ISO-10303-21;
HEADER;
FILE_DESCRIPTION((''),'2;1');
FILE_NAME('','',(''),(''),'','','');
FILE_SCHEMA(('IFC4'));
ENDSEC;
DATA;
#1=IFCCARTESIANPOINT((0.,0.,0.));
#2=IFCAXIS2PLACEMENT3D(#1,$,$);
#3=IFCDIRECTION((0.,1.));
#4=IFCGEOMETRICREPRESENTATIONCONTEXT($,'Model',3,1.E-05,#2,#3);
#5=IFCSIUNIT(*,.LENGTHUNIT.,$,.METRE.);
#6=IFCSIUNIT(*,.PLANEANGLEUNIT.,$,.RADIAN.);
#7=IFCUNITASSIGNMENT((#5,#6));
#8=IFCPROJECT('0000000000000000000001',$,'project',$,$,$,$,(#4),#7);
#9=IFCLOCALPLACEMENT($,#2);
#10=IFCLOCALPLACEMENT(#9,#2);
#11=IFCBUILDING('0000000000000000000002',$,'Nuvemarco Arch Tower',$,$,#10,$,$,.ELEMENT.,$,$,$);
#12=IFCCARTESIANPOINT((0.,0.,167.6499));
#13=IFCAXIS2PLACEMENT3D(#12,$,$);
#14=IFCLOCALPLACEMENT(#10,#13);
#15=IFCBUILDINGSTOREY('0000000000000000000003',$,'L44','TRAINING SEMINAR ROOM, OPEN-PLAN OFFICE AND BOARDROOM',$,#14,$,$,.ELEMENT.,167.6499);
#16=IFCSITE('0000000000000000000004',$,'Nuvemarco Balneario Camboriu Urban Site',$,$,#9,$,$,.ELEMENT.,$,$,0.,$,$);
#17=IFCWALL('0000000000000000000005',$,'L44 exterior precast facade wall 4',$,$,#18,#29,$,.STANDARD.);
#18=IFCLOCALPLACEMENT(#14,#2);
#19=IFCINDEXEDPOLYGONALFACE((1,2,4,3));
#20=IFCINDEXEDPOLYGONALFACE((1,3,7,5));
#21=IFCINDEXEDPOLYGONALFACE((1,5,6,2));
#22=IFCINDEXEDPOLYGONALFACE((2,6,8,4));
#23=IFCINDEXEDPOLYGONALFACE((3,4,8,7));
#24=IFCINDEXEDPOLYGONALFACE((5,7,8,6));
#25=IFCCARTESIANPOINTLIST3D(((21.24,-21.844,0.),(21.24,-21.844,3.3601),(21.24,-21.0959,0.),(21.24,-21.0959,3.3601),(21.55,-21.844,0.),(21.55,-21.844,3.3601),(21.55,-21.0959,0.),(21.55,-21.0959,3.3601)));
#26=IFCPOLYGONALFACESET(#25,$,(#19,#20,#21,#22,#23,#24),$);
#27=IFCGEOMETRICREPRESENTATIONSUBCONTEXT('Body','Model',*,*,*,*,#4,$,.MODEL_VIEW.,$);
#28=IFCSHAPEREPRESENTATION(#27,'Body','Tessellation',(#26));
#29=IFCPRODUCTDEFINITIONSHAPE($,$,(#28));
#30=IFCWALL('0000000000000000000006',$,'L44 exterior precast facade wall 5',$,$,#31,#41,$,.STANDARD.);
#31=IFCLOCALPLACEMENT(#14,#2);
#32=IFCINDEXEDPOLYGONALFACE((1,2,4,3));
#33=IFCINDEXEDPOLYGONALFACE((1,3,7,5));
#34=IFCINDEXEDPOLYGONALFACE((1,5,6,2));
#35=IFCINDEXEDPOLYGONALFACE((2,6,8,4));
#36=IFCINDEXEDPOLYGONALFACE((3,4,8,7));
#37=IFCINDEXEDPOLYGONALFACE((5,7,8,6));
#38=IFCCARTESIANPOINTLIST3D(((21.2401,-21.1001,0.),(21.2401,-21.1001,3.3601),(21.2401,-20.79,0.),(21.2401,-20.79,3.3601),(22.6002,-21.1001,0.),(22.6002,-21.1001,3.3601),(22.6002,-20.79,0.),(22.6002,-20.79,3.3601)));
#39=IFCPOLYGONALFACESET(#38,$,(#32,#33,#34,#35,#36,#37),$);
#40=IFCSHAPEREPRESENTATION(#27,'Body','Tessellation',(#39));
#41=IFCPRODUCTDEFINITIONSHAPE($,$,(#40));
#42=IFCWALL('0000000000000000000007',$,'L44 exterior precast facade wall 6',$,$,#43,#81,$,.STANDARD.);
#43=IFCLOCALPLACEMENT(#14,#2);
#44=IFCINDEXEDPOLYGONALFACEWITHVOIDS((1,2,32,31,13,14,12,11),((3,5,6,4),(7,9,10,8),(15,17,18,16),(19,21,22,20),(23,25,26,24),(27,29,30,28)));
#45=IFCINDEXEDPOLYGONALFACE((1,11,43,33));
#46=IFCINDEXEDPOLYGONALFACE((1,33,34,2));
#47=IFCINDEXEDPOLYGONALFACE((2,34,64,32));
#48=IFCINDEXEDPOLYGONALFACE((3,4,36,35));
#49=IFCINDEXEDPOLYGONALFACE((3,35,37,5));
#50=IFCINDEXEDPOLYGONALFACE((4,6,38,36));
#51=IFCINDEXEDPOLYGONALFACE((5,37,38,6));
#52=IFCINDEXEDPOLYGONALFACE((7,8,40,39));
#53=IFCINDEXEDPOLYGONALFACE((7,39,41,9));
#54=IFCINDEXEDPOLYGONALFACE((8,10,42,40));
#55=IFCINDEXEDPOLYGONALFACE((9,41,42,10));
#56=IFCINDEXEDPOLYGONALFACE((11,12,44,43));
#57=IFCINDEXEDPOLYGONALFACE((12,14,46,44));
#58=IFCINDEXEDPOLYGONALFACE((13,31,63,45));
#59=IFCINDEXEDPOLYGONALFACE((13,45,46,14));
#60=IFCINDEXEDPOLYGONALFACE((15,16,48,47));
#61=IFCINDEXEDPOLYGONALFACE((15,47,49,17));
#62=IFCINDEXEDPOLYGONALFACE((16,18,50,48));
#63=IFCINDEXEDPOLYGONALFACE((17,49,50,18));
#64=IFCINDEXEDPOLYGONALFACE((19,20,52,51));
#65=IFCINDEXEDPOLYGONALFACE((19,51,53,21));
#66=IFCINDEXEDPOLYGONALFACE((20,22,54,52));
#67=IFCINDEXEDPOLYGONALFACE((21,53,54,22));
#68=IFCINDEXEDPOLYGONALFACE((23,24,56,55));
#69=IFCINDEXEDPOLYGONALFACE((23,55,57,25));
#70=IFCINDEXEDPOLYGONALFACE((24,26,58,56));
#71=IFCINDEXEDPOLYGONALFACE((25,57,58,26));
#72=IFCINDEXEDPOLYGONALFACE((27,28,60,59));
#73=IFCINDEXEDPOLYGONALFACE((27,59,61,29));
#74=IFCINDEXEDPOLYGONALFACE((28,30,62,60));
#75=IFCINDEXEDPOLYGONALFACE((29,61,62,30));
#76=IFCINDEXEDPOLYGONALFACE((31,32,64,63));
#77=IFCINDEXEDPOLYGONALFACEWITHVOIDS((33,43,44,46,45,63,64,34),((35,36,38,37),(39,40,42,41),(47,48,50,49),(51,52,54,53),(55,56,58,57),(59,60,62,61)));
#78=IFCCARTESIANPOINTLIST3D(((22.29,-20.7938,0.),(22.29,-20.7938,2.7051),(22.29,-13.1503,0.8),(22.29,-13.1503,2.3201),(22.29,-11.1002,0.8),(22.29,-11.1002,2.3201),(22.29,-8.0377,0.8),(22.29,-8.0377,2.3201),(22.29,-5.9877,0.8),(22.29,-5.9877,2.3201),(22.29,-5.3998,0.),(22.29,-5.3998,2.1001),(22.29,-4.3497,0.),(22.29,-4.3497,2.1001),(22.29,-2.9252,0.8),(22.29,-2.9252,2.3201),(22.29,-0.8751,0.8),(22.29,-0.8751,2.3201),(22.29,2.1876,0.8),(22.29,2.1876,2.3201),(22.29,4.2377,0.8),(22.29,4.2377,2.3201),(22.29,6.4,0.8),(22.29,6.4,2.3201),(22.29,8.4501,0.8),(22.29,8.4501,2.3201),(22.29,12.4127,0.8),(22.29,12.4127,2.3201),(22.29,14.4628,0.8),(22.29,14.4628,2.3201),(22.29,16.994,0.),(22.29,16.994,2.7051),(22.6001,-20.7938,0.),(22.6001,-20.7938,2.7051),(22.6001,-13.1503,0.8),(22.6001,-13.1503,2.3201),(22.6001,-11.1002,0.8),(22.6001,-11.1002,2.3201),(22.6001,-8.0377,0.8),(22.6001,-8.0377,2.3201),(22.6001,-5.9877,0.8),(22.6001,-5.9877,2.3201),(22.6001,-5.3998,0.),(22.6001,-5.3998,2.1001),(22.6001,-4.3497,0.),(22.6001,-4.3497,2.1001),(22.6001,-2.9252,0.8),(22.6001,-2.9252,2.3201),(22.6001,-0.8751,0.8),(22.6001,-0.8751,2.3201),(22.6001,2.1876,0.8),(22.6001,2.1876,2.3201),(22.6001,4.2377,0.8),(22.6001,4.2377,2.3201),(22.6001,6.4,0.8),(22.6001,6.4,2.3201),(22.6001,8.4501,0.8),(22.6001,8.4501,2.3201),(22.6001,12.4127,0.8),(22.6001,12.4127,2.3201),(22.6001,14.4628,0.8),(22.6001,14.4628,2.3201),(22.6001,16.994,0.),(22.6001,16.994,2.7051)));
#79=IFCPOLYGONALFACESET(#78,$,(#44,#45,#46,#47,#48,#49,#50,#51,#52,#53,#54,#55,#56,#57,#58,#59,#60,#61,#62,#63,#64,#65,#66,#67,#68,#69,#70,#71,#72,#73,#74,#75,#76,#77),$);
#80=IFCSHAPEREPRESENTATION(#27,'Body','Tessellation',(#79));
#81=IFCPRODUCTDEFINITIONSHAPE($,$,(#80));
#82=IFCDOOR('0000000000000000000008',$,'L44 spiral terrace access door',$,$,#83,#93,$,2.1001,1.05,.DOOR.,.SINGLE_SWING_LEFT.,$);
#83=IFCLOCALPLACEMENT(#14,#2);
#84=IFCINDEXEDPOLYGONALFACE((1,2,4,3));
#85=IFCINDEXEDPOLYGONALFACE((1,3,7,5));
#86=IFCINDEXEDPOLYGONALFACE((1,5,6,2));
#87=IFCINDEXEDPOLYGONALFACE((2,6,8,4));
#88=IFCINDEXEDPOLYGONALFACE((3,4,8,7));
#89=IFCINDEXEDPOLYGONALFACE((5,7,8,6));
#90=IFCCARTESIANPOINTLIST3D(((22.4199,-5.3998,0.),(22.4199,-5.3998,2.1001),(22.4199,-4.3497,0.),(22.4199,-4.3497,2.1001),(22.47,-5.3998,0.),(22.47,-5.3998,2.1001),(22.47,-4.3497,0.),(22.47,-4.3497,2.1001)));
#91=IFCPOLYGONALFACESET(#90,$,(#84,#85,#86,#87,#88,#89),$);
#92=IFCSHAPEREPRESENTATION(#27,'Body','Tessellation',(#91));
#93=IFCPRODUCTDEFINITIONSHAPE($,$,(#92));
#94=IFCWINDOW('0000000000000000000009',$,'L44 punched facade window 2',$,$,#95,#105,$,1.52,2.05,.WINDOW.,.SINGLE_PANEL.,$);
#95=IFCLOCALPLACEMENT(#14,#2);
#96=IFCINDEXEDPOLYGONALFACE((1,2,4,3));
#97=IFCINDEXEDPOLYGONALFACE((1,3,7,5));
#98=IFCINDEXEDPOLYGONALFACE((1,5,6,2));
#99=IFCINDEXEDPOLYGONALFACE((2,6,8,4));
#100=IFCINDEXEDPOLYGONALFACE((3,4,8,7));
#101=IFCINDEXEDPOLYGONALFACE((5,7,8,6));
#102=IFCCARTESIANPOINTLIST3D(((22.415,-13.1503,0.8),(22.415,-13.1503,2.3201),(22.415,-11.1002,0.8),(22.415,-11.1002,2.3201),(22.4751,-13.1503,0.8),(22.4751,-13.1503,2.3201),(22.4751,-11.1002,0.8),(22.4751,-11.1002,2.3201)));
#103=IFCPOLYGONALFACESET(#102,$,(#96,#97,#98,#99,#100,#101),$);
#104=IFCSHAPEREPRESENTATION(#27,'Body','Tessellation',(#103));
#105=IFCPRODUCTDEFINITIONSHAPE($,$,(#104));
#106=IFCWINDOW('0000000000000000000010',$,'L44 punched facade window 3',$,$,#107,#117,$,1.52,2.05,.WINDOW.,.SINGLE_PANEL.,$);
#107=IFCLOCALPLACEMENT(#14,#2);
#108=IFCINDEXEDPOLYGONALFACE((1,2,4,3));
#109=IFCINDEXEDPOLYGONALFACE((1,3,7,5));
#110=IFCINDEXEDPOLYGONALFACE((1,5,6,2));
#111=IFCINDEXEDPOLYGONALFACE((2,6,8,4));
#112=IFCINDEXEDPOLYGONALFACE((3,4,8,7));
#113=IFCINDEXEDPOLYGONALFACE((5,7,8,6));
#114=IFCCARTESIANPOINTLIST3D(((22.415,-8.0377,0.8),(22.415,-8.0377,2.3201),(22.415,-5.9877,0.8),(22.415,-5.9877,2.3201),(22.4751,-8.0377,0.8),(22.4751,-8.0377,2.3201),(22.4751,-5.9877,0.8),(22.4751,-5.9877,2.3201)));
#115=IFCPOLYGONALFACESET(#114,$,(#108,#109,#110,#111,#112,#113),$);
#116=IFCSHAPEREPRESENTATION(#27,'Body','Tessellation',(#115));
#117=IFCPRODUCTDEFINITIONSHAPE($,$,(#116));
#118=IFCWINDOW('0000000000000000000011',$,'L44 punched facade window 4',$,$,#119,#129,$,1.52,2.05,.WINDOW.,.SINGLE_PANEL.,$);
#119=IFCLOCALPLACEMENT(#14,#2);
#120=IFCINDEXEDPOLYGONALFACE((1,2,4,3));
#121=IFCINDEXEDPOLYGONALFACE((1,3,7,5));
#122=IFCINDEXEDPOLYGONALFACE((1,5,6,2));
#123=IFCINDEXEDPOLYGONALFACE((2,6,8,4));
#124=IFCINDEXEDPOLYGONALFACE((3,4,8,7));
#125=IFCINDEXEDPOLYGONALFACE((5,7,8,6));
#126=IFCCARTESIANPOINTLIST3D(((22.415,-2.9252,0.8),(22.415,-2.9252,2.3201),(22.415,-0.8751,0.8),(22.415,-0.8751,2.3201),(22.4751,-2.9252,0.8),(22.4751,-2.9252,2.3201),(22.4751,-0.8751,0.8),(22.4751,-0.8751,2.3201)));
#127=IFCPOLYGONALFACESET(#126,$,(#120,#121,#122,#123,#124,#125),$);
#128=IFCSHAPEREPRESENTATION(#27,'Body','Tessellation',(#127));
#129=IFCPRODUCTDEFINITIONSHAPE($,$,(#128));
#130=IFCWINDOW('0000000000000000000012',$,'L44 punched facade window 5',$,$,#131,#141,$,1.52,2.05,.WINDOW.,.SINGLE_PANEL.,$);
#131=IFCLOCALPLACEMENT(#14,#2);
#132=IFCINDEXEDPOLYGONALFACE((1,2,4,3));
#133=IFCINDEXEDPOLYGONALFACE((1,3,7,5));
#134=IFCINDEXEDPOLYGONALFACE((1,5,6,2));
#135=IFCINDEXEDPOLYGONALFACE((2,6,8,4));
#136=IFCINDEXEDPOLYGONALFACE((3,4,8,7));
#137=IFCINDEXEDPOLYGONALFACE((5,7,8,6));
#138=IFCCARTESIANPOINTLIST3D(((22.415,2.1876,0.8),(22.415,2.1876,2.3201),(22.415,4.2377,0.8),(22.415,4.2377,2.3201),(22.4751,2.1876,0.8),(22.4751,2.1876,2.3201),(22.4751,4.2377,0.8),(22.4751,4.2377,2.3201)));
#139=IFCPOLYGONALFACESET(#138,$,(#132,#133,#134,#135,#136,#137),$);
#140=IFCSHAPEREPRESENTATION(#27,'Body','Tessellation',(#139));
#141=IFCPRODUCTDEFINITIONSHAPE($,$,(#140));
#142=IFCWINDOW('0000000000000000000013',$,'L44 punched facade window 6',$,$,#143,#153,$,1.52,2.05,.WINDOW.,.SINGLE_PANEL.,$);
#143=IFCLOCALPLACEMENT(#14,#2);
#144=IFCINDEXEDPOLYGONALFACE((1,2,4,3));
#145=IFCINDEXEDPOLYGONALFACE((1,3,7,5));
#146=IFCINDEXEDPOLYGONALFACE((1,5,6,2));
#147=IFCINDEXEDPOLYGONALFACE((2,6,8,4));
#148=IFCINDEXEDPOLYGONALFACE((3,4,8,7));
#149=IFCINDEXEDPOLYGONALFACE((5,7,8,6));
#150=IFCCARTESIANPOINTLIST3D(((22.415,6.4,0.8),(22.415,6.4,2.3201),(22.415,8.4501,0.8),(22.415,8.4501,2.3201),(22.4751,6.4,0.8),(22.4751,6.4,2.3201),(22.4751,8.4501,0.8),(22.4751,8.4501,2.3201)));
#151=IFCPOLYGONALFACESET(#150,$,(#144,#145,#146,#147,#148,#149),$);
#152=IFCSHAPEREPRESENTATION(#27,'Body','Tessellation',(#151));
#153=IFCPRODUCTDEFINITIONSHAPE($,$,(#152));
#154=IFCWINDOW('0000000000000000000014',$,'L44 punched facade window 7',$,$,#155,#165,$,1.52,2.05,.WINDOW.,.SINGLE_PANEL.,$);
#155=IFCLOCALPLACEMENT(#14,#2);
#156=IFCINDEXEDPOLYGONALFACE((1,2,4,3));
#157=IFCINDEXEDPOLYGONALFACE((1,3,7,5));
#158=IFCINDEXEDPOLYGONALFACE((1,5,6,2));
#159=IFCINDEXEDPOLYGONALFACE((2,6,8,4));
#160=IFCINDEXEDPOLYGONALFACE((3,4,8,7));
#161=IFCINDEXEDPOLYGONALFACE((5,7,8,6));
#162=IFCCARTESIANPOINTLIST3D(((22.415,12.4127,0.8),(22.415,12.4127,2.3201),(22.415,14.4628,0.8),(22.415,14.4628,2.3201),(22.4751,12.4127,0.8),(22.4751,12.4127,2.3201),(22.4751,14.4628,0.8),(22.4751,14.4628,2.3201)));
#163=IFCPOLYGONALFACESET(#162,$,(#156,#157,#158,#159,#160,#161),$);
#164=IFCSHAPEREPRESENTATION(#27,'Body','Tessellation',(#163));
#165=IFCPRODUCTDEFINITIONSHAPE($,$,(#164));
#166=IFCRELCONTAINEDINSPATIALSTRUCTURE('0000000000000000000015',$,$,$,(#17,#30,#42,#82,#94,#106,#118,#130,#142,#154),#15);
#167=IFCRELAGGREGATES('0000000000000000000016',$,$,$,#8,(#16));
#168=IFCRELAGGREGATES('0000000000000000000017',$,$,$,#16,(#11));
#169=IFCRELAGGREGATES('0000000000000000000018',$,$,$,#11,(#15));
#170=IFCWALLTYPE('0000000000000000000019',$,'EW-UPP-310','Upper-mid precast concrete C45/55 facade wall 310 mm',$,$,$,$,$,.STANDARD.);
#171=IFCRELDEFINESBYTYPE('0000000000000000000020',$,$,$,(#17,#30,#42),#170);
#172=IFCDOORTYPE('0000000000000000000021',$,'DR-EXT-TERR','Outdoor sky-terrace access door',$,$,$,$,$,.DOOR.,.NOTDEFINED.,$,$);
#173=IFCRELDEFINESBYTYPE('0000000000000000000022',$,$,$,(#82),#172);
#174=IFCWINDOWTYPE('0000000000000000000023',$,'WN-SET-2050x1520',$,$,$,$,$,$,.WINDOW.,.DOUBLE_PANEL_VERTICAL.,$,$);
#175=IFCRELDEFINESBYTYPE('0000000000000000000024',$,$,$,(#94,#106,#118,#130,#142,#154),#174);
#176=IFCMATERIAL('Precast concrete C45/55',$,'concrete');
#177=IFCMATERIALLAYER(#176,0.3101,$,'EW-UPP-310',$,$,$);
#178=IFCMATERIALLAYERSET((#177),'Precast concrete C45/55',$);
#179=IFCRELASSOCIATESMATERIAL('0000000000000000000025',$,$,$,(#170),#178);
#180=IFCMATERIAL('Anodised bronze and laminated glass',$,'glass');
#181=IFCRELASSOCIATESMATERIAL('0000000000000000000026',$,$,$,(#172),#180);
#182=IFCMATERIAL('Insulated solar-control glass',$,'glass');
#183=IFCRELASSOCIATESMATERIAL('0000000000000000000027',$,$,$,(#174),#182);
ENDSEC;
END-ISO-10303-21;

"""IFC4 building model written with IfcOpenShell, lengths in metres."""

from ifc_helpers import new_model, si_unit, direction, frame, frame_2d, origin, place, context, subcontext, project, spatial, rectangle, extrude, source, transform, mapped, material, layer, layer_set, type_object, type_shapes, element, fill, save


model = new_model("IFC4")

# Units and contexts
model_context = context("Model", 3, precision=1e-05, world=origin(), true_north=direction((0.0, 1.0)))
body_context = subcontext(model_context, "Body", "Model", "MODEL_VIEW")
ifc_project = project(units=[si_unit("LENGTHUNIT", "METRE"), si_unit("PLANEANGLEUNIT", "RADIAN")], contexts=[model_context])

# Site, building, storey
site_placement = place(None, origin())
site = spatial("IfcSite", under=ifc_project, at=site_placement, Name="Nuvemarco Balneario Camboriu Urban Site", CompositionType="ELEMENT", RefElevation=0.0)
building_placement = place(site_placement, origin())
building = spatial("IfcBuilding", under=site, at=building_placement, Name="Nuvemarco Arch Tower", CompositionType="ELEMENT")
storey_placement = place(building_placement, frame((0.0, 0.0, 167.6499)))
storey = spatial("IfcBuildingStorey", under=building, at=storey_placement, Name="L44", Description="TRAINING SEMINAR ROOM, OPEN-PLAN OFFICE AND BOARDROOM", CompositionType="ELEMENT", Elevation=167.6499)

# Shared definitions
ifc_material_1 = material(Name="Precast concrete C45/55", Category="concrete")

# Walls
ifc_layer_1 = layer(ifc_material_1, 0.3101, Name="EW-UPP-310")
ifc_layer_set_1 = layer_set([ifc_layer_1], Name="Precast concrete C45/55")
wall_type_1 = type_object("IfcWallType", Name="EW-UPP-310", Description="Upper-mid precast concrete C45/55 facade wall 310 mm", PredefinedType="STANDARD", material=ifc_layer_set_1)
wall_1_placement = place(storey_placement, frame((21.395, -21.844, 0.0), z_axis=(0.0, 0.0, 1.0), x_axis=(0.0, 1.0, 0.0)))
element("IfcWall", 1, at=wall_1_placement, inside=storey, type_object=wall_type_1, Name="L44 exterior precast facade wall 4", PredefinedType="STANDARD", context=body_context, shape_type="SweptSolid", body=[
    extrude(rectangle(XDim=0.748, YDim=0.3101, at=frame_2d((0.374, 0.0))), origin(), (0.0, 0.0, 1.0), 3.3601),
])
wall_2_placement = place(storey_placement, frame((21.24, -20.9451, 0.0), z_axis=(0.0, 0.0, 1.0), x_axis=(1.0, 0.0, 0.0)))
element("IfcWall", 2, at=wall_2_placement, inside=storey, type_object=wall_type_1, Name="L44 exterior precast facade wall 5", PredefinedType="STANDARD", context=body_context, shape_type="SweptSolid", body=[
    extrude(rectangle(XDim=1.3601, YDim=0.3101, at=frame_2d((0.6802, 0.0))), origin(), (0.0, 0.0, 1.0), 3.3601),
])

# Wall, openings, door, windows
wall_3_placement = place(storey_placement, frame((22.4451, -20.7939, 0.0), z_axis=(0.0, 0.0, 1.0), x_axis=(0.0, 1.0, 0.0)))
wall_3 = element("IfcWall", 3, at=wall_3_placement, inside=storey, type_object=wall_type_1, Name="L44 exterior precast facade wall 6", PredefinedType="STANDARD", context=body_context, shape_type="SweptSolid", body=[
    extrude(rectangle(XDim=37.7878, YDim=0.3101, at=frame_2d((18.894, 0.0))), origin(), (0.0, 0.0, 1.0), 2.7051),
])
opening_1_placement = place(wall_3_placement, frame((16.4441, 0.0, 0.0), z_axis=(0.0, 0.0, 1.0), x_axis=(-1.0, 0.0, 0.0)))
opening_1 = element("IfcOpeningElement", 4, at=opening_1_placement, cuts=wall_3, PredefinedType="OPENING", context=body_context, shape_type="SweptSolid", body=[
    extrude(rectangle(XDim=1.05, YDim=2.1001, at=frame_2d((0.5249, 1.05))), frame((0.0, 0.165, 0.0), z_axis=(0.0, -1.0, 0.0), x_axis=(1.0, 0.0, 0.0)), (0.0, 0.0, 1.0), 0.3301),
])
opening_2_placement = place(wall_3_placement, frame((7.6438, 0.0, 0.8)))
opening_2 = element("IfcOpeningElement", 5, at=opening_2_placement, cuts=wall_3, PredefinedType="OPENING", context=body_context, shape_type="SweptSolid", body=[
    extrude(rectangle(XDim=2.05, YDim=1.52, at=frame_2d((1.0249, 0.76))), frame((0.0, 0.165, 0.0), z_axis=(0.0, -1.0, 0.0), x_axis=(1.0, 0.0, 0.0)), (0.0, 0.0, 1.0), 0.3301),
])
opening_3_placement = place(wall_3_placement, frame((12.7563, 0.0, 0.8)))
opening_3 = element("IfcOpeningElement", 6, at=opening_3_placement, cuts=wall_3, PredefinedType="OPENING", context=body_context, shape_type="SweptSolid", body=[
    extrude(rectangle(XDim=2.05, YDim=1.52, at=frame_2d((1.0249, 0.76))), frame((0.0, 0.165, 0.0), z_axis=(0.0, -1.0, 0.0), x_axis=(1.0, 0.0, 0.0)), (0.0, 0.0, 1.0), 0.3301),
])
opening_4_placement = place(wall_3_placement, frame((17.8689, 0.0, 0.8)))
opening_4 = element("IfcOpeningElement", 7, at=opening_4_placement, cuts=wall_3, PredefinedType="OPENING", context=body_context, shape_type="SweptSolid", body=[
    extrude(rectangle(XDim=2.05, YDim=1.52, at=frame_2d((1.0249, 0.76))), frame((0.0, 0.165, 0.0), z_axis=(0.0, -1.0, 0.0), x_axis=(1.0, 0.0, 0.0)), (0.0, 0.0, 1.0), 0.3301),
])
opening_5_placement = place(wall_3_placement, frame((22.9817, 0.0, 0.8)))
opening_5 = element("IfcOpeningElement", 8, at=opening_5_placement, cuts=wall_3, PredefinedType="OPENING", context=body_context, shape_type="SweptSolid", body=[
    extrude(rectangle(XDim=2.05, YDim=1.52, at=frame_2d((1.0249, 0.76))), frame((0.0, 0.165, 0.0), z_axis=(0.0, -1.0, 0.0), x_axis=(1.0, 0.0, 0.0)), (0.0, 0.0, 1.0), 0.3301),
])
opening_6_placement = place(wall_3_placement, frame((27.1941, 0.0, 0.8)))
opening_6 = element("IfcOpeningElement", 9, at=opening_6_placement, cuts=wall_3, PredefinedType="OPENING", context=body_context, shape_type="SweptSolid", body=[
    extrude(rectangle(XDim=2.05, YDim=1.52, at=frame_2d((1.0249, 0.76))), frame((0.0, 0.165, 0.0), z_axis=(0.0, -1.0, 0.0), x_axis=(1.0, 0.0, 0.0)), (0.0, 0.0, 1.0), 0.3301),
])
opening_7_placement = place(wall_3_placement, frame((33.2068, 0.0, 0.8)))
opening_7 = element("IfcOpeningElement", 10, at=opening_7_placement, cuts=wall_3, PredefinedType="OPENING", context=body_context, shape_type="SweptSolid", body=[
    extrude(rectangle(XDim=2.05, YDim=1.52, at=frame_2d((1.0249, 0.76))), frame((0.0, 0.165, 0.0), z_axis=(0.0, -1.0, 0.0), x_axis=(1.0, 0.0, 0.0)), (0.0, 0.0, 1.0), 0.3301),
])
ifc_material_2 = material(Name="Anodised bronze and laminated glass", Category="glass")
door_type_1 = type_object("IfcDoorType", Name="DR-EXT-TERR", Description="Outdoor sky-terrace access door", OperationType="NOTDEFINED", PredefinedType="DOOR", material=ifc_material_2)
shared_shape_1 = source(origin(), body_context, "Body", "SweptSolid", [
    extrude(rectangle(XDim=1.05, YDim=2.1001, at=frame_2d((0.5249, 1.05))), frame((0.0, 0.0249, 0.0), z_axis=(0.0, -1.0, 0.0), x_axis=(1.0, 0.0, 0.0)), (0.0, 0.0, 1.0), 0.05),
])
type_shapes(door_type_1, [shared_shape_1])
door_1_placement = place(opening_1_placement, origin())
door_1 = element("IfcDoor", 11, at=door_1_placement, inside=storey, type_object=door_type_1, Name="L44 spiral terrace access door", OperationType="SINGLE_SWING_LEFT", OverallHeight=2.1001, OverallWidth=1.05, PredefinedType="DOOR", context=body_context, shape_type="MappedRepresentation", body=[
    mapped(shared_shape_1, transform((0.0, 0.0, 0.0), scale=1.0)),
])
fill(opening_1, door_1)
ifc_material_3 = material(Name="Insulated solar-control glass", Category="glass")
window_type = type_object("IfcWindowType", Name="WN-SET-2050x1520", PartitioningType="DOUBLE_PANEL_VERTICAL", PredefinedType="WINDOW", material=ifc_material_3)
shared_shape_2 = source(origin(), body_context, "Body", "SweptSolid", [
    extrude(rectangle(XDim=2.05, YDim=1.52, at=frame_2d((1.0249, 0.76))), frame((0.0, 0.03, 0.0), z_axis=(0.0, -1.0, 0.0), x_axis=(1.0, 0.0, 0.0)), (0.0, 0.0, 1.0), 0.0601),
])
type_shapes(window_type, [shared_shape_2])
window_1_placement = place(opening_2_placement, origin())
window_1 = element("IfcWindow", 12, at=window_1_placement, inside=storey, type_object=window_type, Name="L44 punched facade window 2", OverallHeight=1.52, OverallWidth=2.05, PartitioningType="SINGLE_PANEL", PredefinedType="WINDOW", context=body_context, shape_type="MappedRepresentation", body=[
    mapped(shared_shape_2, transform((0.0, 0.0, 0.0), scale=1.0)),
])
fill(opening_2, window_1)
window_2_placement = place(opening_3_placement, origin())
window_2 = element("IfcWindow", 13, at=window_2_placement, inside=storey, type_object=window_type, Name="L44 punched facade window 3", OverallHeight=1.52, OverallWidth=2.05, PartitioningType="SINGLE_PANEL", PredefinedType="WINDOW", context=body_context, shape_type="MappedRepresentation", body=[
    mapped(shared_shape_2, transform((0.0, 0.0, 0.0), scale=1.0)),
])
fill(opening_3, window_2)
window_3_placement = place(opening_4_placement, origin())
window_3 = element("IfcWindow", 14, at=window_3_placement, inside=storey, type_object=window_type, Name="L44 punched facade window 4", OverallHeight=1.52, OverallWidth=2.05, PartitioningType="SINGLE_PANEL", PredefinedType="WINDOW", context=body_context, shape_type="MappedRepresentation", body=[
    mapped(shared_shape_2, transform((0.0, 0.0, 0.0), scale=1.0)),
])
fill(opening_4, window_3)
window_4_placement = place(opening_5_placement, origin())
window_4 = element("IfcWindow", 15, at=window_4_placement, inside=storey, type_object=window_type, Name="L44 punched facade window 5", OverallHeight=1.52, OverallWidth=2.05, PartitioningType="SINGLE_PANEL", PredefinedType="WINDOW", context=body_context, shape_type="MappedRepresentation", body=[
    mapped(shared_shape_2, transform((0.0, 0.0, 0.0), scale=1.0)),
])
fill(opening_5, window_4)
window_5_placement = place(opening_6_placement, origin())
window_5 = element("IfcWindow", 16, at=window_5_placement, inside=storey, type_object=window_type, Name="L44 punched facade window 6", OverallHeight=1.52, OverallWidth=2.05, PartitioningType="SINGLE_PANEL", PredefinedType="WINDOW", context=body_context, shape_type="MappedRepresentation", body=[
    mapped(shared_shape_2, transform((0.0, 0.0, 0.0), scale=1.0)),
])
fill(opening_6, window_5)
window_6_placement = place(opening_7_placement, origin())
window_6 = element("IfcWindow", 17, at=window_6_placement, inside=storey, type_object=window_type, Name="L44 punched facade window 7", OverallHeight=1.52, OverallWidth=2.05, PartitioningType="SINGLE_PANEL", PredefinedType="WINDOW", context=body_context, shape_type="MappedRepresentation", body=[
    mapped(shared_shape_2, transform((0.0, 0.0, 0.0), scale=1.0)),
])
fill(opening_7, window_6)

save(model, "model.ifc")
